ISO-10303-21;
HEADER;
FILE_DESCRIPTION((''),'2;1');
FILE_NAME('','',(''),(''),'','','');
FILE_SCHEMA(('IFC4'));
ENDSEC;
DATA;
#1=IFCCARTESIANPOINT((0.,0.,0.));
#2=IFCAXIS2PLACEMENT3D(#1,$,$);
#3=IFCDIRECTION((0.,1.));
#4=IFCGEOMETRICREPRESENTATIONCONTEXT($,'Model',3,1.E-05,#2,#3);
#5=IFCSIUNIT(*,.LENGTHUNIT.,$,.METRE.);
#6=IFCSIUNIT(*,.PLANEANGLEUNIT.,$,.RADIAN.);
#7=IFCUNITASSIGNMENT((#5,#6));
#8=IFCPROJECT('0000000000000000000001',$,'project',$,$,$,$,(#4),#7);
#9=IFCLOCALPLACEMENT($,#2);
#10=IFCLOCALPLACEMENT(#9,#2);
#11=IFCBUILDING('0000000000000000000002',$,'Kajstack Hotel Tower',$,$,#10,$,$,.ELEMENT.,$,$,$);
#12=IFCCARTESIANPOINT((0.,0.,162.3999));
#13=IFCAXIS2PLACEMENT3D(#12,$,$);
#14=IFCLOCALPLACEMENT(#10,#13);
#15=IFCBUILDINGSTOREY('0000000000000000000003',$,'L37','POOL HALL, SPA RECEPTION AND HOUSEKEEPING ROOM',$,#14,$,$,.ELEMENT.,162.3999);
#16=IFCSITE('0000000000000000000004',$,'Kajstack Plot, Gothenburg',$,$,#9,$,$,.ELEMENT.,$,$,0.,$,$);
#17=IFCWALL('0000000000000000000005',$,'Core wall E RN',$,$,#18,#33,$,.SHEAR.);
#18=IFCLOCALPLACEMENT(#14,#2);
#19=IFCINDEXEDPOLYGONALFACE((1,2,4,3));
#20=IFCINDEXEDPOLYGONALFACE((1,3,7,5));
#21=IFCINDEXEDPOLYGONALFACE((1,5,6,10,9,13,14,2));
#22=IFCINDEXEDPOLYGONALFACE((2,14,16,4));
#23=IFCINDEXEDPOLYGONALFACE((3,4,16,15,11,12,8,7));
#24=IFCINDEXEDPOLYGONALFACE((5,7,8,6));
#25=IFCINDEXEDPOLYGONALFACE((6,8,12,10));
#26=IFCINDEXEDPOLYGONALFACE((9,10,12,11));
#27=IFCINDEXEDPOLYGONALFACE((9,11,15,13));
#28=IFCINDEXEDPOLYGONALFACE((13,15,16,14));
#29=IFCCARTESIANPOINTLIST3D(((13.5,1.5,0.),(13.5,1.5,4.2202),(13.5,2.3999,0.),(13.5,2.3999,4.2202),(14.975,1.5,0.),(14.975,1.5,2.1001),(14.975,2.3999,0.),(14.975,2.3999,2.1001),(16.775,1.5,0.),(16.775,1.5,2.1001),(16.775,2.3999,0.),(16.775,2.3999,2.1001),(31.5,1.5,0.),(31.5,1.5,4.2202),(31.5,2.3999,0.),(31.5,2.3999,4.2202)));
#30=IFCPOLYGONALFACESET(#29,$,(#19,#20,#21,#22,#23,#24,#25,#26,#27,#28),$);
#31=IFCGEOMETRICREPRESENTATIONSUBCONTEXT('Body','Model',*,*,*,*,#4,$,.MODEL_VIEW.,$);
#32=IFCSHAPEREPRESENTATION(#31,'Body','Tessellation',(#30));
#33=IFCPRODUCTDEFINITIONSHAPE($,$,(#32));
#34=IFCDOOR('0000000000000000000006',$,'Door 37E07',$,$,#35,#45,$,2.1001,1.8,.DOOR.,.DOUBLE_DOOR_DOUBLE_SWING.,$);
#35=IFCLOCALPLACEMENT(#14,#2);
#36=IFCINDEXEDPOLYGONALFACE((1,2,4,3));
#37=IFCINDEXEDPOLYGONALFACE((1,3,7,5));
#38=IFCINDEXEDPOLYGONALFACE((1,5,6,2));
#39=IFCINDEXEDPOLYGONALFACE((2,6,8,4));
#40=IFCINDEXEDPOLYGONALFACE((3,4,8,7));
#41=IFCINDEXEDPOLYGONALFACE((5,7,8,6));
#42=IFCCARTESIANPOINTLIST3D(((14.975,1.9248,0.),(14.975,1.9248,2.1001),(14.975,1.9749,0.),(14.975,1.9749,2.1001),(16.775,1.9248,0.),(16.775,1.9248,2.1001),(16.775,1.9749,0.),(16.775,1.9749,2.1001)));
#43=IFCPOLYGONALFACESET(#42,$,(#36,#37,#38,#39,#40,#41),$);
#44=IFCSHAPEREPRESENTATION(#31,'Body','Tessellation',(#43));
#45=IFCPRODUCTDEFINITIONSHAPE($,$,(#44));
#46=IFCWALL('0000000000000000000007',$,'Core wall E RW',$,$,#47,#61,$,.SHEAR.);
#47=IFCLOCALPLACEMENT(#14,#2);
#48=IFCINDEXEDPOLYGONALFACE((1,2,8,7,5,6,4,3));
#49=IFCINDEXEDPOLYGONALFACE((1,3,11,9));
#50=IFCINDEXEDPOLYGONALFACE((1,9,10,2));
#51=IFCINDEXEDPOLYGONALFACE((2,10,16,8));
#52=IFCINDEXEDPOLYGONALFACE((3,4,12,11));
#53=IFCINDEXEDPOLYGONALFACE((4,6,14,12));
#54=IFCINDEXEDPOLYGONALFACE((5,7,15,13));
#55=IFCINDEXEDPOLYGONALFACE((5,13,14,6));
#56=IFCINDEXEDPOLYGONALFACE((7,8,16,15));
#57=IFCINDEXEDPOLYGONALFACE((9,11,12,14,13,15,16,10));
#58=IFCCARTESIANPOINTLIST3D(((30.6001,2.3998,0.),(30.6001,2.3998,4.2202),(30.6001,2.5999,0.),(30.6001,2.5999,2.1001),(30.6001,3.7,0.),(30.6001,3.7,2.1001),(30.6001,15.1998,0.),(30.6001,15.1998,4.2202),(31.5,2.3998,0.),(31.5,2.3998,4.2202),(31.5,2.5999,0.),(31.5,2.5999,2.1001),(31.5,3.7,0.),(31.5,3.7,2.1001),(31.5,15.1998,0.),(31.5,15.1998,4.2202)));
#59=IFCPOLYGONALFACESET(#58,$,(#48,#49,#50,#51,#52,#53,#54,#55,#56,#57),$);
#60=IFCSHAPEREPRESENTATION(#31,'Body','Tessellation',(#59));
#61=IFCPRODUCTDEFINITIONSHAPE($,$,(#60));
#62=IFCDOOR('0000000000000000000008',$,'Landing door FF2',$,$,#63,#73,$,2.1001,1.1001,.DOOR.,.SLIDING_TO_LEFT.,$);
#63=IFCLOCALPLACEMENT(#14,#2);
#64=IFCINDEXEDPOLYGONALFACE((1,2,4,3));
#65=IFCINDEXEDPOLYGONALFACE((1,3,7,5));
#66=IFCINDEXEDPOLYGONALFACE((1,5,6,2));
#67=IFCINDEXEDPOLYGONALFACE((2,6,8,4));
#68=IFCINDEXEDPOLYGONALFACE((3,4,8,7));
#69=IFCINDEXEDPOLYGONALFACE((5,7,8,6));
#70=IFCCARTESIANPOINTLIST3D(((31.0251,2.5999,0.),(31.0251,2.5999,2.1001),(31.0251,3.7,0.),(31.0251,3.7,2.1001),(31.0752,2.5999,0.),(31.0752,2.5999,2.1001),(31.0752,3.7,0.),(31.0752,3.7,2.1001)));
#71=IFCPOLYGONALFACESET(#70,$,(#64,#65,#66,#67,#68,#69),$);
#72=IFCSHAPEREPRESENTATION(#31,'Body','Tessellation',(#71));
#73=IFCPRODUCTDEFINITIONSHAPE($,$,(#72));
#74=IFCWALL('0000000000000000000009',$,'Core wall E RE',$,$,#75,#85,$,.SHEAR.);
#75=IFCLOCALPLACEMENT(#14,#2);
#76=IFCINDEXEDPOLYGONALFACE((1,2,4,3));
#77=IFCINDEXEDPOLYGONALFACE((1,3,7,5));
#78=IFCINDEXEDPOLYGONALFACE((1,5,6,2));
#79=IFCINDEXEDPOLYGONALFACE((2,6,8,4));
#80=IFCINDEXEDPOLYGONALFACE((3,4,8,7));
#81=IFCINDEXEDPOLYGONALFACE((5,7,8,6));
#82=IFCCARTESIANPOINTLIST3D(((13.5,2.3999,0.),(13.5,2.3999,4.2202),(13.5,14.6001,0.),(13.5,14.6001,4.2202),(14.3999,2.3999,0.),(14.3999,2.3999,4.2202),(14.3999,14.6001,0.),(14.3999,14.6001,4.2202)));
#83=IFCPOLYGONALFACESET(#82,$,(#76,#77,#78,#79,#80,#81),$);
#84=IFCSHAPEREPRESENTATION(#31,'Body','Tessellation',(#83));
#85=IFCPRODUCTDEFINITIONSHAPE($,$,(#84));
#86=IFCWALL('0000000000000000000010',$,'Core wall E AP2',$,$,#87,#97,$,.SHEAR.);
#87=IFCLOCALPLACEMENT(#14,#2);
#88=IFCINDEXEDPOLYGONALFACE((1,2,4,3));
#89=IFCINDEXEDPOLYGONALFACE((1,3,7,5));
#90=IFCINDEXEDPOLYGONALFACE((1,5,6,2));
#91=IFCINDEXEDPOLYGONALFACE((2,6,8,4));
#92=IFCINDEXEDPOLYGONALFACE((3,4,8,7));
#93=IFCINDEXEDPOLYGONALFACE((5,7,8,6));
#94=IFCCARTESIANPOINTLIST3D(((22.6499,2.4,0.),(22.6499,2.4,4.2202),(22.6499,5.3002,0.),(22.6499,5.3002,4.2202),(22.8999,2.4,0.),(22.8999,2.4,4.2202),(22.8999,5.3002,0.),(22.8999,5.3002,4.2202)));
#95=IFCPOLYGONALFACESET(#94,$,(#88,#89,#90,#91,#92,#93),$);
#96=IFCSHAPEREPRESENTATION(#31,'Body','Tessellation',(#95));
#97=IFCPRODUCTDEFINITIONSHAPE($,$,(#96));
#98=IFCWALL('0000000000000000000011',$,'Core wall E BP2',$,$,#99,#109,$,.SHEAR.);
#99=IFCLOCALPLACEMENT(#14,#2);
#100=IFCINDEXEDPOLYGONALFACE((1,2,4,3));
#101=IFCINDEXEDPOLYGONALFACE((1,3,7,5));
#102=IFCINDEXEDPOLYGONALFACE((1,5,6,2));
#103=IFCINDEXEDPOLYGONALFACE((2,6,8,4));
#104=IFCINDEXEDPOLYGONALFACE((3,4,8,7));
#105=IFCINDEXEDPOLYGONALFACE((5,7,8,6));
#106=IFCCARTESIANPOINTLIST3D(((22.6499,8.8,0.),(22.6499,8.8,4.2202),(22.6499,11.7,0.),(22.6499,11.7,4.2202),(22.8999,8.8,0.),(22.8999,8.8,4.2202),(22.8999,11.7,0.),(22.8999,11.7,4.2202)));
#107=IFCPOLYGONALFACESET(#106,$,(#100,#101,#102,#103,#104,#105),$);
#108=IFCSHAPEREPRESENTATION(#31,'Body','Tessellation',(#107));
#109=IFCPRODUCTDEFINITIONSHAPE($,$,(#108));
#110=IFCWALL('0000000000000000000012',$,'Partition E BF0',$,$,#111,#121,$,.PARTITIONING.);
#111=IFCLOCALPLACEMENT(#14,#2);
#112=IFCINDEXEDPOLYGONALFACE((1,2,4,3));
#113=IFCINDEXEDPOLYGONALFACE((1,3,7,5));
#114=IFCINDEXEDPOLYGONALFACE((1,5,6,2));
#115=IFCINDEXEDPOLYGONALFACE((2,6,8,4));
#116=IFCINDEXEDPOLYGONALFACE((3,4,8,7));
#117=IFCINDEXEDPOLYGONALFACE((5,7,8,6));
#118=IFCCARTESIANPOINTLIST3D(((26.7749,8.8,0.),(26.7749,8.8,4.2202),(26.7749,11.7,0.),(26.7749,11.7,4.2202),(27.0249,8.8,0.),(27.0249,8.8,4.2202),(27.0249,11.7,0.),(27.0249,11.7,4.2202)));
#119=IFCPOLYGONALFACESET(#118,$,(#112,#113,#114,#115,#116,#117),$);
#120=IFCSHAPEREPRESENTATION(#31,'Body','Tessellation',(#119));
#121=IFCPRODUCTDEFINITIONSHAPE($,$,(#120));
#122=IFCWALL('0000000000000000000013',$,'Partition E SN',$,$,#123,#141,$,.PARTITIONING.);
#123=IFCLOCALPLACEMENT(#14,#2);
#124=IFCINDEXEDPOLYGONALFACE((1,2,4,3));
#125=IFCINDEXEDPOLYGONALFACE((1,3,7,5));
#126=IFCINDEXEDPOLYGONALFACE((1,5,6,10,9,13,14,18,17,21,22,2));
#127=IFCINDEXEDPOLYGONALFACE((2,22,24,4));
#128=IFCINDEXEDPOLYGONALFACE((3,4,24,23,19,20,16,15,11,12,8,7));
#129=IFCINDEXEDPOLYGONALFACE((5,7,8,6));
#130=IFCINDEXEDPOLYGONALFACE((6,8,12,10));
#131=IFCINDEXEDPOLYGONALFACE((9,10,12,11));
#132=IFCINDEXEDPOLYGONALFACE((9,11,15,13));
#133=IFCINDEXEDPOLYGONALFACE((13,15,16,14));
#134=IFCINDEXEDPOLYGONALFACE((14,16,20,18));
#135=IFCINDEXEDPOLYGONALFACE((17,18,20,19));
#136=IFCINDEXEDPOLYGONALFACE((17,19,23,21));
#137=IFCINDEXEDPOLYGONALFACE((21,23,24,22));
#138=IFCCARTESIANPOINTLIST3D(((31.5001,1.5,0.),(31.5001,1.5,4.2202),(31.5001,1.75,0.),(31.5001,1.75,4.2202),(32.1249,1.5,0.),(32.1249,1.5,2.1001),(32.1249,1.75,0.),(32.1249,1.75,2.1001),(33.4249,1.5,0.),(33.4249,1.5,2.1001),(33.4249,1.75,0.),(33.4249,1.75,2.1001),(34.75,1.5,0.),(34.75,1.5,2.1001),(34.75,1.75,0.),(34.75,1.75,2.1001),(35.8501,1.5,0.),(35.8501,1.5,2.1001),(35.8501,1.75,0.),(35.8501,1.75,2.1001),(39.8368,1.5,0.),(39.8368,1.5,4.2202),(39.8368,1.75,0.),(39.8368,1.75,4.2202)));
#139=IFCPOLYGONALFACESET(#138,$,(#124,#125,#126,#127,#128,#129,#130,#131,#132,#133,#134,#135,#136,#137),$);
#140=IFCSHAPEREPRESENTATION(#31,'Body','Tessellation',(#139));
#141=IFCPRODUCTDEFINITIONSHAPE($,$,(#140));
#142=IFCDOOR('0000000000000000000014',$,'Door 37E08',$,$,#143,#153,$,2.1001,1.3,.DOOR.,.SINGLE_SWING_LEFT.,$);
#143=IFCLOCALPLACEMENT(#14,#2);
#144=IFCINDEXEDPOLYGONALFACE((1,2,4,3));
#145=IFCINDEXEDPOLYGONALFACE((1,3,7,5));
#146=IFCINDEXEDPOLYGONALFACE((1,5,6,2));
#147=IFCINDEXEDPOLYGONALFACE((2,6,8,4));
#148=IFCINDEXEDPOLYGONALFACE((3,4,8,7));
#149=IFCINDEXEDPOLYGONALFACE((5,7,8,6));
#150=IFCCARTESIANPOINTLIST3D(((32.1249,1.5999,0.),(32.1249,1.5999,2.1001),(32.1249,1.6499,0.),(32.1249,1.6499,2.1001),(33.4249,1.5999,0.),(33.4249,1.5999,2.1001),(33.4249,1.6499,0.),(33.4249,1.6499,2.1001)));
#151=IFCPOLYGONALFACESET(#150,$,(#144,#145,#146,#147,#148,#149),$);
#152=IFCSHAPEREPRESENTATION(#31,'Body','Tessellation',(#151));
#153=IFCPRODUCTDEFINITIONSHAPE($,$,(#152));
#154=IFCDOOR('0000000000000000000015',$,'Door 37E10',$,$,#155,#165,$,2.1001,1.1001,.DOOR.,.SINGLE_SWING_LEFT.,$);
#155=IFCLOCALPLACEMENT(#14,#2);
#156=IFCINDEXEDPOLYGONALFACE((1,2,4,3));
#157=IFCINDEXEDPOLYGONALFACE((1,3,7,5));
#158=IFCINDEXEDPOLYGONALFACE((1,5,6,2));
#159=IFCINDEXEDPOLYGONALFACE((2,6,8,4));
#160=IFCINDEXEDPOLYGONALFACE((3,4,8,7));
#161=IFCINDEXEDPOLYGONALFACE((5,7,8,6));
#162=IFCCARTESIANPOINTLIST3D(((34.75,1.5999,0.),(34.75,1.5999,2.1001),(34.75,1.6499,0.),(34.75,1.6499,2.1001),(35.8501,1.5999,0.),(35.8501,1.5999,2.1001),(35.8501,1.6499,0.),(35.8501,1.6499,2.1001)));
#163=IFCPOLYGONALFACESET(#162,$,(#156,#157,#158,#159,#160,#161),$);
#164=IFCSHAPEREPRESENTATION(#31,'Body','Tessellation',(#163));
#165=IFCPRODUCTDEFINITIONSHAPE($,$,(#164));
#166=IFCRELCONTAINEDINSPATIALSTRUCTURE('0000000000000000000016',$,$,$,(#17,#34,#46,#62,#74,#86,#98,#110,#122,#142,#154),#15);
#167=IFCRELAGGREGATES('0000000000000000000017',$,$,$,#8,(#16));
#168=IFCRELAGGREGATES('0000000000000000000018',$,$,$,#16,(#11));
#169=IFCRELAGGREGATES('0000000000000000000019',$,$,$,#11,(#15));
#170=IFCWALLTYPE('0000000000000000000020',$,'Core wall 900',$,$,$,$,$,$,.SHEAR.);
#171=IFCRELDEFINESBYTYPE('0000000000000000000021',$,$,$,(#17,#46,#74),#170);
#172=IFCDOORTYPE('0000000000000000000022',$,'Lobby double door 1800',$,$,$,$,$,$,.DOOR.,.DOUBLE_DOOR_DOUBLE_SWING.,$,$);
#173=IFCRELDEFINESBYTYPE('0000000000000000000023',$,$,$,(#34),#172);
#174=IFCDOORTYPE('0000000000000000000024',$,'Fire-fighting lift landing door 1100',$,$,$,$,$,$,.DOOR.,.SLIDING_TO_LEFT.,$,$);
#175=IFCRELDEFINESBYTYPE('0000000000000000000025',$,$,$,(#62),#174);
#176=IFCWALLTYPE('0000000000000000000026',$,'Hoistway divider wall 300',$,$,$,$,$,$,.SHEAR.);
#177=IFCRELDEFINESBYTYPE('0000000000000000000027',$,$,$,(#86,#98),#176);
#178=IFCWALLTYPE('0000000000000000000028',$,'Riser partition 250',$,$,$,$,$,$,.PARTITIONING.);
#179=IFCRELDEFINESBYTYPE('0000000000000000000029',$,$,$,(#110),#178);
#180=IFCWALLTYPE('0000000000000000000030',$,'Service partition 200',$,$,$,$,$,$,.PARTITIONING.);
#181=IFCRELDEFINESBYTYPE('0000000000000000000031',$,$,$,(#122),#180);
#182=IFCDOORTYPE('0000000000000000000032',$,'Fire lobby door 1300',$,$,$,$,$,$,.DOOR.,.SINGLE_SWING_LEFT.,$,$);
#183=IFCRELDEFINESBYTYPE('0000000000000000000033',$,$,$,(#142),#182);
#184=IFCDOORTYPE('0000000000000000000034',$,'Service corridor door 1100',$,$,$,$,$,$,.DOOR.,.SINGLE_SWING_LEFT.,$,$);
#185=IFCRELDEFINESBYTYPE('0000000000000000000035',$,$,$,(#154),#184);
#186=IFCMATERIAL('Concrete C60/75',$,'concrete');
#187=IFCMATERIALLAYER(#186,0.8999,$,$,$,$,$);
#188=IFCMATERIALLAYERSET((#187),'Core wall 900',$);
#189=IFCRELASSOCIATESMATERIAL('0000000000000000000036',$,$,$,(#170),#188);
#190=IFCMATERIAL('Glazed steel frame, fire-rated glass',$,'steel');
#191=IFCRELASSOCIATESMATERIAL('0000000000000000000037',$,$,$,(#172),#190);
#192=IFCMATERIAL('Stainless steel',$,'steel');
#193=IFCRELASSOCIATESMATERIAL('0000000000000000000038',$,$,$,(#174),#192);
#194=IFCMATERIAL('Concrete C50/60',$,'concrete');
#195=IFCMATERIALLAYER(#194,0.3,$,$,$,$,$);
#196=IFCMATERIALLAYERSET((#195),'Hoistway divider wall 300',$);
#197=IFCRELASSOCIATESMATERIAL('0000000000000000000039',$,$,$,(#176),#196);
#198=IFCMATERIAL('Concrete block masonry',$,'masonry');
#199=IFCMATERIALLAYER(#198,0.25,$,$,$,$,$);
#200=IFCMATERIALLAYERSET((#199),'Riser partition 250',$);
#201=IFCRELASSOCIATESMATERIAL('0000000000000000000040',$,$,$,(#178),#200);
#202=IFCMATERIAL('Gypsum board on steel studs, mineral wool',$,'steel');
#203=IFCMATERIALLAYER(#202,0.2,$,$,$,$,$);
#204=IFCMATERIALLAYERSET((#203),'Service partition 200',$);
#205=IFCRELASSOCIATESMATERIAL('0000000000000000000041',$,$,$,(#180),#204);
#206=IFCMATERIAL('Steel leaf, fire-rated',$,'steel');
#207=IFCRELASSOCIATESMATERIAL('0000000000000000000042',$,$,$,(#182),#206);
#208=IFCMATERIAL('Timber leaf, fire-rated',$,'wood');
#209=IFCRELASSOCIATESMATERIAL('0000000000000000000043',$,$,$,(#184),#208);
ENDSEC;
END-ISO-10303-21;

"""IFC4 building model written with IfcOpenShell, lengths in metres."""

from ifc_helpers import new_model, si_unit, direction, frame, frame_2d, origin, place, context, subcontext, project, spatial, rectangle, extrude, material, layer, layer_set, type_object, element, fill, save


model = new_model("IFC4")

# Units and contexts
model_context = context("Model", 3, precision=1e-05, world=origin(), true_north=direction((0.0, 1.0)))
body_context = subcontext(model_context, "Body", "Model", "MODEL_VIEW")
ifc_project = project(units=[si_unit("LENGTHUNIT", "METRE"), si_unit("PLANEANGLEUNIT", "RADIAN")], contexts=[model_context])

# Site, building, storey
site_placement = place(None, origin())
site = spatial("IfcSite", under=ifc_project, at=site_placement, Name="Kajstack Plot, Gothenburg", CompositionType="ELEMENT", RefElevation=0.0)
building_placement = place(site_placement, origin())
building = spatial("IfcBuilding", under=site, at=building_placement, Name="Kajstack Hotel Tower", CompositionType="ELEMENT")
storey_placement = place(building_placement, frame((0.0, 0.0, 162.3999)))
storey = spatial("IfcBuildingStorey", under=building, at=storey_placement, Name="L37", Description="POOL HALL, SPA RECEPTION AND HOUSEKEEPING ROOM", CompositionType="ELEMENT", Elevation=162.3999)

# Walls, openings, doors
ifc_material_1 = material(Name="Concrete C60/75", Category="concrete")
ifc_layer_1 = layer(ifc_material_1, 0.8999)
ifc_layer_set_1 = layer_set([ifc_layer_1], Name="Core wall 900")
wall_type_1 = type_object("IfcWallType", Name="Core wall 900", PredefinedType="SHEAR", material=ifc_layer_set_1)
wall_1_placement = place(storey_placement, frame((13.5, 1.95, 0.0), z_axis=(0.0, 0.0, 1.0), x_axis=(1.0, 0.0, 0.0)))
wall_1 = element("IfcWall", 1, at=wall_1_placement, inside=storey, type_object=wall_type_1, Name="Core wall E RN", PredefinedType="SHEAR", context=body_context, shape_type="SweptSolid", body=[
    extrude(rectangle(XDim=18.0, YDim=0.8999, at=frame_2d((9.0, 0.0))), origin(), (0.0, 0.0, 1.0), 4.2202),
])
opening_1_placement = place(wall_1_placement, frame((1.4751, 0.0, 0.0)))
opening_1 = element("IfcOpeningElement", 2, at=opening_1_placement, cuts=wall_1, PredefinedType="OPENING", context=body_context, shape_type="SweptSolid", body=[
    extrude(rectangle(XDim=1.8, YDim=2.1001, at=frame_2d((0.8999, 1.05))), frame((0.0, 0.46, 0.0), z_axis=(0.0, -1.0, 0.0), x_axis=(1.0, 0.0, 0.0)), (0.0, 0.0, 1.0), 0.9199),
])
ifc_material_2 = material(Name="Glazed steel frame, fire-rated glass", Category="steel")
door_type_1 = type_object("IfcDoorType", Name="Lobby double door 1800", OperationType="DOUBLE_DOOR_DOUBLE_SWING", PredefinedType="DOOR", material=ifc_material_2)
door_1_placement = place(opening_1_placement, origin())
door_1 = element("IfcDoor", 3, at=door_1_placement, inside=storey, type_object=door_type_1, Name="Door 37E07", OperationType="DOUBLE_DOOR_DOUBLE_SWING", OverallHeight=2.1001, OverallWidth=1.8, PredefinedType="DOOR", context=body_context, shape_type="SweptSolid", body=[
    extrude(rectangle(XDim=1.8, YDim=2.1001, at=frame_2d((0.8999, 1.05))), frame((0.0, 0.0249, 0.0), z_axis=(0.0, -1.0, 0.0), x_axis=(1.0, 0.0, 0.0)), (0.0, 0.0, 1.0), 0.05),
])
fill(opening_1, door_1)
wall_2_placement = place(storey_placement, frame((31.05, 2.3999, 0.0), z_axis=(0.0, 0.0, 1.0), x_axis=(0.0, 1.0, 0.0)))
wall_2 = element("IfcWall", 4, at=wall_2_placement, inside=storey, type_object=wall_type_1, Name="Core wall E RW", PredefinedType="SHEAR", context=body_context, shape_type="SweptSolid", body=[
    extrude(rectangle(XDim=12.8, YDim=0.8999, at=frame_2d((6.3999, 0.0))), origin(), (0.0, 0.0, 1.0), 4.2202),
])
opening_2_placement = place(wall_2_placement, frame((0.2, 0.0, 0.0)))
opening_2 = element("IfcOpeningElement", 5, at=opening_2_placement, cuts=wall_2, PredefinedType="OPENING", context=body_context, shape_type="SweptSolid", body=[
    extrude(rectangle(XDim=1.1001, YDim=2.1001, at=frame_2d((0.55, 1.05))), frame((0.0, 0.46, 0.0), z_axis=(0.0, -1.0, 0.0), x_axis=(1.0, 0.0, 0.0)), (0.0, 0.0, 1.0), 0.9199),
])
ifc_material_3 = material(Name="Stainless steel", Category="steel")
door_type_2 = type_object("IfcDoorType", Name="Fire-fighting lift landing door 1100", OperationType="SLIDING_TO_LEFT", PredefinedType="DOOR", material=ifc_material_3)
door_2_placement = place(opening_2_placement, origin())
door_2 = element("IfcDoor", 6, at=door_2_placement, inside=storey, type_object=door_type_2, Name="Landing door FF2", OperationType="SLIDING_TO_LEFT", OverallHeight=2.1001, OverallWidth=1.1001, PredefinedType="DOOR", context=body_context, shape_type="SweptSolid", body=[
    extrude(rectangle(XDim=1.1001, YDim=2.1001, at=frame_2d((0.55, 1.05))), frame((0.0, 0.0249, 0.0), z_axis=(0.0, -1.0, 0.0), x_axis=(1.0, 0.0, 0.0)), (0.0, 0.0, 1.0), 0.05),
])
fill(opening_2, door_2)

# Walls
wall_3_placement = place(storey_placement, frame((13.95, 2.3999, 0.0), z_axis=(0.0, 0.0, 1.0), x_axis=(0.0, 1.0, 0.0)))
element("IfcWall", 7, at=wall_3_placement, inside=storey, type_object=wall_type_1, Name="Core wall E RE", PredefinedType="SHEAR", context=body_context, shape_type="SweptSolid", body=[
    extrude(rectangle(XDim=12.2002, YDim=0.8999, at=frame_2d((6.1001, 0.0))), origin(), (0.0, 0.0, 1.0), 4.2202),
])
ifc_material_4 = material(Name="Concrete C50/60", Category="concrete")
ifc_layer_2 = layer(ifc_material_4, 0.3)
ifc_layer_set_2 = layer_set([ifc_layer_2], Name="Hoistway divider wall 300")
wall_type_2 = type_object("IfcWallType", Name="Hoistway divider wall 300", PredefinedType="SHEAR", material=ifc_layer_set_2)
wall_4_placement = place(storey_placement, frame((22.7749, 2.3999, 0.0), z_axis=(0.0, 0.0, 1.0), x_axis=(0.0, 1.0, 0.0)))
element("IfcWall", 8, at=wall_4_placement, inside=storey, type_object=wall_type_2, Name="Core wall E AP2", PredefinedType="SHEAR", context=body_context, shape_type="SweptSolid", body=[
    extrude(rectangle(XDim=2.9001, YDim=0.25, at=frame_2d((1.4502, 0.0))), origin(), (0.0, 0.0, 1.0), 4.2202),
])
wall_5_placement = place(storey_placement, frame((22.7749, 8.8, 0.0), z_axis=(0.0, 0.0, 1.0), x_axis=(0.0, 1.0, 0.0)))
element("IfcWall", 9, at=wall_5_placement, inside=storey, type_object=wall_type_2, Name="Core wall E BP2", PredefinedType="SHEAR", context=body_context, shape_type="SweptSolid", body=[
    extrude(rectangle(XDim=2.8999, YDim=0.25, at=frame_2d((1.45, 0.0))), origin(), (0.0, 0.0, 1.0), 4.2202),
])
ifc_material_5 = material(Name="Concrete block masonry", Category="masonry")
ifc_layer_3 = layer(ifc_material_5, 0.25)
ifc_layer_set_3 = layer_set([ifc_layer_3], Name="Riser partition 250")
wall_type_3 = type_object("IfcWallType", Name="Riser partition 250", PredefinedType="PARTITIONING", material=ifc_layer_set_3)
wall_6_placement = place(storey_placement, frame((26.8999, 8.8, 0.0), z_axis=(0.0, 0.0, 1.0), x_axis=(0.0, 1.0, 0.0)))
element("IfcWall", 10, at=wall_6_placement, inside=storey, type_object=wall_type_3, Name="Partition E BF0", PredefinedType="PARTITIONING", context=body_context, shape_type="SweptSolid", body=[
    extrude(rectangle(XDim=2.8999, YDim=0.25, at=frame_2d((1.45, 0.0))), origin(), (0.0, 0.0, 1.0), 4.2202),
])

# Wall, openings, doors
ifc_material_6 = material(Name="Gypsum board on steel studs, mineral wool", Category="steel")
ifc_layer_4 = layer(ifc_material_6, 0.2)
ifc_layer_set_4 = layer_set([ifc_layer_4], Name="Service partition 200")
wall_type_4 = type_object("IfcWallType", Name="Service partition 200", PredefinedType="PARTITIONING", material=ifc_layer_set_4)
wall_7_placement = place(storey_placement, frame((31.5, 1.625, 0.0), z_axis=(0.0, 0.0, 1.0), x_axis=(1.0, 0.0, 0.0)))
wall_7 = element("IfcWall", 11, at=wall_7_placement, inside=storey, type_object=wall_type_4, Name="Partition E SN", PredefinedType="PARTITIONING", context=body_context, shape_type="SweptSolid", body=[
    extrude(rectangle(XDim=8.3367, YDim=0.25, at=frame_2d((4.1685, 0.0))), origin(), (0.0, 0.0, 1.0), 4.2202),
])
opening_3_placement = place(wall_7_placement, frame((0.625, 0.0, 0.0)))
opening_3 = element("IfcOpeningElement", 12, at=opening_3_placement, cuts=wall_7, PredefinedType="OPENING", context=body_context, shape_type="SweptSolid", body=[
    extrude(rectangle(XDim=1.3, YDim=2.1001, at=frame_2d((0.6499, 1.05))), frame((0.0, 0.135, 0.0), z_axis=(0.0, -1.0, 0.0), x_axis=(1.0, 0.0, 0.0)), (0.0, 0.0, 1.0), 0.27),
])
opening_4_placement = place(wall_7_placement, frame((3.25, 0.0, 0.0)))
opening_4 = element("IfcOpeningElement", 13, at=opening_4_placement, cuts=wall_7, PredefinedType="OPENING", context=body_context, shape_type="SweptSolid", body=[
    extrude(rectangle(XDim=1.1001, YDim=2.1001, at=frame_2d((0.55, 1.05))), frame((0.0, 0.135, 0.0), z_axis=(0.0, -1.0, 0.0), x_axis=(1.0, 0.0, 0.0)), (0.0, 0.0, 1.0), 0.27),
])
ifc_material_7 = material(Name="Steel leaf, fire-rated", Category="steel")
door_type_3 = type_object("IfcDoorType", Name="Fire lobby door 1300", OperationType="SINGLE_SWING_LEFT", PredefinedType="DOOR", material=ifc_material_7)
door_3_placement = place(opening_3_placement, origin())
door_3 = element("IfcDoor", 14, at=door_3_placement, inside=storey, type_object=door_type_3, Name="Door 37E08", OperationType="SINGLE_SWING_LEFT", OverallHeight=2.1001, OverallWidth=1.3, PredefinedType="DOOR", context=body_context, shape_type="SweptSolid", body=[
    extrude(rectangle(XDim=1.3, YDim=2.1001, at=frame_2d((0.6499, 1.05))), frame((0.0, 0.0249, 0.0), z_axis=(0.0, -1.0, 0.0), x_axis=(1.0, 0.0, 0.0)), (0.0, 0.0, 1.0), 0.05),
])
fill(opening_3, door_3)
ifc_material_8 = material(Name="Timber leaf, fire-rated", Category="wood")
door_type_4 = type_object("IfcDoorType", Name="Service corridor door 1100", OperationType="SINGLE_SWING_LEFT", PredefinedType="DOOR", material=ifc_material_8)
door_4_placement = place(opening_4_placement, origin())
door_4 = element("IfcDoor", 15, at=door_4_placement, inside=storey, type_object=door_type_4, Name="Door 37E10", OperationType="SINGLE_SWING_LEFT", OverallHeight=2.1001, OverallWidth=1.1001, PredefinedType="DOOR", context=body_context, shape_type="SweptSolid", body=[
    extrude(rectangle(XDim=1.1001, YDim=2.1001, at=frame_2d((0.55, 1.05))), frame((0.0, 0.0249, 0.0), z_axis=(0.0, -1.0, 0.0), x_axis=(1.0, 0.0, 0.0)), (0.0, 0.0, 1.0), 0.05),
])
fill(opening_4, door_4)

save(model, "model.ifc")
